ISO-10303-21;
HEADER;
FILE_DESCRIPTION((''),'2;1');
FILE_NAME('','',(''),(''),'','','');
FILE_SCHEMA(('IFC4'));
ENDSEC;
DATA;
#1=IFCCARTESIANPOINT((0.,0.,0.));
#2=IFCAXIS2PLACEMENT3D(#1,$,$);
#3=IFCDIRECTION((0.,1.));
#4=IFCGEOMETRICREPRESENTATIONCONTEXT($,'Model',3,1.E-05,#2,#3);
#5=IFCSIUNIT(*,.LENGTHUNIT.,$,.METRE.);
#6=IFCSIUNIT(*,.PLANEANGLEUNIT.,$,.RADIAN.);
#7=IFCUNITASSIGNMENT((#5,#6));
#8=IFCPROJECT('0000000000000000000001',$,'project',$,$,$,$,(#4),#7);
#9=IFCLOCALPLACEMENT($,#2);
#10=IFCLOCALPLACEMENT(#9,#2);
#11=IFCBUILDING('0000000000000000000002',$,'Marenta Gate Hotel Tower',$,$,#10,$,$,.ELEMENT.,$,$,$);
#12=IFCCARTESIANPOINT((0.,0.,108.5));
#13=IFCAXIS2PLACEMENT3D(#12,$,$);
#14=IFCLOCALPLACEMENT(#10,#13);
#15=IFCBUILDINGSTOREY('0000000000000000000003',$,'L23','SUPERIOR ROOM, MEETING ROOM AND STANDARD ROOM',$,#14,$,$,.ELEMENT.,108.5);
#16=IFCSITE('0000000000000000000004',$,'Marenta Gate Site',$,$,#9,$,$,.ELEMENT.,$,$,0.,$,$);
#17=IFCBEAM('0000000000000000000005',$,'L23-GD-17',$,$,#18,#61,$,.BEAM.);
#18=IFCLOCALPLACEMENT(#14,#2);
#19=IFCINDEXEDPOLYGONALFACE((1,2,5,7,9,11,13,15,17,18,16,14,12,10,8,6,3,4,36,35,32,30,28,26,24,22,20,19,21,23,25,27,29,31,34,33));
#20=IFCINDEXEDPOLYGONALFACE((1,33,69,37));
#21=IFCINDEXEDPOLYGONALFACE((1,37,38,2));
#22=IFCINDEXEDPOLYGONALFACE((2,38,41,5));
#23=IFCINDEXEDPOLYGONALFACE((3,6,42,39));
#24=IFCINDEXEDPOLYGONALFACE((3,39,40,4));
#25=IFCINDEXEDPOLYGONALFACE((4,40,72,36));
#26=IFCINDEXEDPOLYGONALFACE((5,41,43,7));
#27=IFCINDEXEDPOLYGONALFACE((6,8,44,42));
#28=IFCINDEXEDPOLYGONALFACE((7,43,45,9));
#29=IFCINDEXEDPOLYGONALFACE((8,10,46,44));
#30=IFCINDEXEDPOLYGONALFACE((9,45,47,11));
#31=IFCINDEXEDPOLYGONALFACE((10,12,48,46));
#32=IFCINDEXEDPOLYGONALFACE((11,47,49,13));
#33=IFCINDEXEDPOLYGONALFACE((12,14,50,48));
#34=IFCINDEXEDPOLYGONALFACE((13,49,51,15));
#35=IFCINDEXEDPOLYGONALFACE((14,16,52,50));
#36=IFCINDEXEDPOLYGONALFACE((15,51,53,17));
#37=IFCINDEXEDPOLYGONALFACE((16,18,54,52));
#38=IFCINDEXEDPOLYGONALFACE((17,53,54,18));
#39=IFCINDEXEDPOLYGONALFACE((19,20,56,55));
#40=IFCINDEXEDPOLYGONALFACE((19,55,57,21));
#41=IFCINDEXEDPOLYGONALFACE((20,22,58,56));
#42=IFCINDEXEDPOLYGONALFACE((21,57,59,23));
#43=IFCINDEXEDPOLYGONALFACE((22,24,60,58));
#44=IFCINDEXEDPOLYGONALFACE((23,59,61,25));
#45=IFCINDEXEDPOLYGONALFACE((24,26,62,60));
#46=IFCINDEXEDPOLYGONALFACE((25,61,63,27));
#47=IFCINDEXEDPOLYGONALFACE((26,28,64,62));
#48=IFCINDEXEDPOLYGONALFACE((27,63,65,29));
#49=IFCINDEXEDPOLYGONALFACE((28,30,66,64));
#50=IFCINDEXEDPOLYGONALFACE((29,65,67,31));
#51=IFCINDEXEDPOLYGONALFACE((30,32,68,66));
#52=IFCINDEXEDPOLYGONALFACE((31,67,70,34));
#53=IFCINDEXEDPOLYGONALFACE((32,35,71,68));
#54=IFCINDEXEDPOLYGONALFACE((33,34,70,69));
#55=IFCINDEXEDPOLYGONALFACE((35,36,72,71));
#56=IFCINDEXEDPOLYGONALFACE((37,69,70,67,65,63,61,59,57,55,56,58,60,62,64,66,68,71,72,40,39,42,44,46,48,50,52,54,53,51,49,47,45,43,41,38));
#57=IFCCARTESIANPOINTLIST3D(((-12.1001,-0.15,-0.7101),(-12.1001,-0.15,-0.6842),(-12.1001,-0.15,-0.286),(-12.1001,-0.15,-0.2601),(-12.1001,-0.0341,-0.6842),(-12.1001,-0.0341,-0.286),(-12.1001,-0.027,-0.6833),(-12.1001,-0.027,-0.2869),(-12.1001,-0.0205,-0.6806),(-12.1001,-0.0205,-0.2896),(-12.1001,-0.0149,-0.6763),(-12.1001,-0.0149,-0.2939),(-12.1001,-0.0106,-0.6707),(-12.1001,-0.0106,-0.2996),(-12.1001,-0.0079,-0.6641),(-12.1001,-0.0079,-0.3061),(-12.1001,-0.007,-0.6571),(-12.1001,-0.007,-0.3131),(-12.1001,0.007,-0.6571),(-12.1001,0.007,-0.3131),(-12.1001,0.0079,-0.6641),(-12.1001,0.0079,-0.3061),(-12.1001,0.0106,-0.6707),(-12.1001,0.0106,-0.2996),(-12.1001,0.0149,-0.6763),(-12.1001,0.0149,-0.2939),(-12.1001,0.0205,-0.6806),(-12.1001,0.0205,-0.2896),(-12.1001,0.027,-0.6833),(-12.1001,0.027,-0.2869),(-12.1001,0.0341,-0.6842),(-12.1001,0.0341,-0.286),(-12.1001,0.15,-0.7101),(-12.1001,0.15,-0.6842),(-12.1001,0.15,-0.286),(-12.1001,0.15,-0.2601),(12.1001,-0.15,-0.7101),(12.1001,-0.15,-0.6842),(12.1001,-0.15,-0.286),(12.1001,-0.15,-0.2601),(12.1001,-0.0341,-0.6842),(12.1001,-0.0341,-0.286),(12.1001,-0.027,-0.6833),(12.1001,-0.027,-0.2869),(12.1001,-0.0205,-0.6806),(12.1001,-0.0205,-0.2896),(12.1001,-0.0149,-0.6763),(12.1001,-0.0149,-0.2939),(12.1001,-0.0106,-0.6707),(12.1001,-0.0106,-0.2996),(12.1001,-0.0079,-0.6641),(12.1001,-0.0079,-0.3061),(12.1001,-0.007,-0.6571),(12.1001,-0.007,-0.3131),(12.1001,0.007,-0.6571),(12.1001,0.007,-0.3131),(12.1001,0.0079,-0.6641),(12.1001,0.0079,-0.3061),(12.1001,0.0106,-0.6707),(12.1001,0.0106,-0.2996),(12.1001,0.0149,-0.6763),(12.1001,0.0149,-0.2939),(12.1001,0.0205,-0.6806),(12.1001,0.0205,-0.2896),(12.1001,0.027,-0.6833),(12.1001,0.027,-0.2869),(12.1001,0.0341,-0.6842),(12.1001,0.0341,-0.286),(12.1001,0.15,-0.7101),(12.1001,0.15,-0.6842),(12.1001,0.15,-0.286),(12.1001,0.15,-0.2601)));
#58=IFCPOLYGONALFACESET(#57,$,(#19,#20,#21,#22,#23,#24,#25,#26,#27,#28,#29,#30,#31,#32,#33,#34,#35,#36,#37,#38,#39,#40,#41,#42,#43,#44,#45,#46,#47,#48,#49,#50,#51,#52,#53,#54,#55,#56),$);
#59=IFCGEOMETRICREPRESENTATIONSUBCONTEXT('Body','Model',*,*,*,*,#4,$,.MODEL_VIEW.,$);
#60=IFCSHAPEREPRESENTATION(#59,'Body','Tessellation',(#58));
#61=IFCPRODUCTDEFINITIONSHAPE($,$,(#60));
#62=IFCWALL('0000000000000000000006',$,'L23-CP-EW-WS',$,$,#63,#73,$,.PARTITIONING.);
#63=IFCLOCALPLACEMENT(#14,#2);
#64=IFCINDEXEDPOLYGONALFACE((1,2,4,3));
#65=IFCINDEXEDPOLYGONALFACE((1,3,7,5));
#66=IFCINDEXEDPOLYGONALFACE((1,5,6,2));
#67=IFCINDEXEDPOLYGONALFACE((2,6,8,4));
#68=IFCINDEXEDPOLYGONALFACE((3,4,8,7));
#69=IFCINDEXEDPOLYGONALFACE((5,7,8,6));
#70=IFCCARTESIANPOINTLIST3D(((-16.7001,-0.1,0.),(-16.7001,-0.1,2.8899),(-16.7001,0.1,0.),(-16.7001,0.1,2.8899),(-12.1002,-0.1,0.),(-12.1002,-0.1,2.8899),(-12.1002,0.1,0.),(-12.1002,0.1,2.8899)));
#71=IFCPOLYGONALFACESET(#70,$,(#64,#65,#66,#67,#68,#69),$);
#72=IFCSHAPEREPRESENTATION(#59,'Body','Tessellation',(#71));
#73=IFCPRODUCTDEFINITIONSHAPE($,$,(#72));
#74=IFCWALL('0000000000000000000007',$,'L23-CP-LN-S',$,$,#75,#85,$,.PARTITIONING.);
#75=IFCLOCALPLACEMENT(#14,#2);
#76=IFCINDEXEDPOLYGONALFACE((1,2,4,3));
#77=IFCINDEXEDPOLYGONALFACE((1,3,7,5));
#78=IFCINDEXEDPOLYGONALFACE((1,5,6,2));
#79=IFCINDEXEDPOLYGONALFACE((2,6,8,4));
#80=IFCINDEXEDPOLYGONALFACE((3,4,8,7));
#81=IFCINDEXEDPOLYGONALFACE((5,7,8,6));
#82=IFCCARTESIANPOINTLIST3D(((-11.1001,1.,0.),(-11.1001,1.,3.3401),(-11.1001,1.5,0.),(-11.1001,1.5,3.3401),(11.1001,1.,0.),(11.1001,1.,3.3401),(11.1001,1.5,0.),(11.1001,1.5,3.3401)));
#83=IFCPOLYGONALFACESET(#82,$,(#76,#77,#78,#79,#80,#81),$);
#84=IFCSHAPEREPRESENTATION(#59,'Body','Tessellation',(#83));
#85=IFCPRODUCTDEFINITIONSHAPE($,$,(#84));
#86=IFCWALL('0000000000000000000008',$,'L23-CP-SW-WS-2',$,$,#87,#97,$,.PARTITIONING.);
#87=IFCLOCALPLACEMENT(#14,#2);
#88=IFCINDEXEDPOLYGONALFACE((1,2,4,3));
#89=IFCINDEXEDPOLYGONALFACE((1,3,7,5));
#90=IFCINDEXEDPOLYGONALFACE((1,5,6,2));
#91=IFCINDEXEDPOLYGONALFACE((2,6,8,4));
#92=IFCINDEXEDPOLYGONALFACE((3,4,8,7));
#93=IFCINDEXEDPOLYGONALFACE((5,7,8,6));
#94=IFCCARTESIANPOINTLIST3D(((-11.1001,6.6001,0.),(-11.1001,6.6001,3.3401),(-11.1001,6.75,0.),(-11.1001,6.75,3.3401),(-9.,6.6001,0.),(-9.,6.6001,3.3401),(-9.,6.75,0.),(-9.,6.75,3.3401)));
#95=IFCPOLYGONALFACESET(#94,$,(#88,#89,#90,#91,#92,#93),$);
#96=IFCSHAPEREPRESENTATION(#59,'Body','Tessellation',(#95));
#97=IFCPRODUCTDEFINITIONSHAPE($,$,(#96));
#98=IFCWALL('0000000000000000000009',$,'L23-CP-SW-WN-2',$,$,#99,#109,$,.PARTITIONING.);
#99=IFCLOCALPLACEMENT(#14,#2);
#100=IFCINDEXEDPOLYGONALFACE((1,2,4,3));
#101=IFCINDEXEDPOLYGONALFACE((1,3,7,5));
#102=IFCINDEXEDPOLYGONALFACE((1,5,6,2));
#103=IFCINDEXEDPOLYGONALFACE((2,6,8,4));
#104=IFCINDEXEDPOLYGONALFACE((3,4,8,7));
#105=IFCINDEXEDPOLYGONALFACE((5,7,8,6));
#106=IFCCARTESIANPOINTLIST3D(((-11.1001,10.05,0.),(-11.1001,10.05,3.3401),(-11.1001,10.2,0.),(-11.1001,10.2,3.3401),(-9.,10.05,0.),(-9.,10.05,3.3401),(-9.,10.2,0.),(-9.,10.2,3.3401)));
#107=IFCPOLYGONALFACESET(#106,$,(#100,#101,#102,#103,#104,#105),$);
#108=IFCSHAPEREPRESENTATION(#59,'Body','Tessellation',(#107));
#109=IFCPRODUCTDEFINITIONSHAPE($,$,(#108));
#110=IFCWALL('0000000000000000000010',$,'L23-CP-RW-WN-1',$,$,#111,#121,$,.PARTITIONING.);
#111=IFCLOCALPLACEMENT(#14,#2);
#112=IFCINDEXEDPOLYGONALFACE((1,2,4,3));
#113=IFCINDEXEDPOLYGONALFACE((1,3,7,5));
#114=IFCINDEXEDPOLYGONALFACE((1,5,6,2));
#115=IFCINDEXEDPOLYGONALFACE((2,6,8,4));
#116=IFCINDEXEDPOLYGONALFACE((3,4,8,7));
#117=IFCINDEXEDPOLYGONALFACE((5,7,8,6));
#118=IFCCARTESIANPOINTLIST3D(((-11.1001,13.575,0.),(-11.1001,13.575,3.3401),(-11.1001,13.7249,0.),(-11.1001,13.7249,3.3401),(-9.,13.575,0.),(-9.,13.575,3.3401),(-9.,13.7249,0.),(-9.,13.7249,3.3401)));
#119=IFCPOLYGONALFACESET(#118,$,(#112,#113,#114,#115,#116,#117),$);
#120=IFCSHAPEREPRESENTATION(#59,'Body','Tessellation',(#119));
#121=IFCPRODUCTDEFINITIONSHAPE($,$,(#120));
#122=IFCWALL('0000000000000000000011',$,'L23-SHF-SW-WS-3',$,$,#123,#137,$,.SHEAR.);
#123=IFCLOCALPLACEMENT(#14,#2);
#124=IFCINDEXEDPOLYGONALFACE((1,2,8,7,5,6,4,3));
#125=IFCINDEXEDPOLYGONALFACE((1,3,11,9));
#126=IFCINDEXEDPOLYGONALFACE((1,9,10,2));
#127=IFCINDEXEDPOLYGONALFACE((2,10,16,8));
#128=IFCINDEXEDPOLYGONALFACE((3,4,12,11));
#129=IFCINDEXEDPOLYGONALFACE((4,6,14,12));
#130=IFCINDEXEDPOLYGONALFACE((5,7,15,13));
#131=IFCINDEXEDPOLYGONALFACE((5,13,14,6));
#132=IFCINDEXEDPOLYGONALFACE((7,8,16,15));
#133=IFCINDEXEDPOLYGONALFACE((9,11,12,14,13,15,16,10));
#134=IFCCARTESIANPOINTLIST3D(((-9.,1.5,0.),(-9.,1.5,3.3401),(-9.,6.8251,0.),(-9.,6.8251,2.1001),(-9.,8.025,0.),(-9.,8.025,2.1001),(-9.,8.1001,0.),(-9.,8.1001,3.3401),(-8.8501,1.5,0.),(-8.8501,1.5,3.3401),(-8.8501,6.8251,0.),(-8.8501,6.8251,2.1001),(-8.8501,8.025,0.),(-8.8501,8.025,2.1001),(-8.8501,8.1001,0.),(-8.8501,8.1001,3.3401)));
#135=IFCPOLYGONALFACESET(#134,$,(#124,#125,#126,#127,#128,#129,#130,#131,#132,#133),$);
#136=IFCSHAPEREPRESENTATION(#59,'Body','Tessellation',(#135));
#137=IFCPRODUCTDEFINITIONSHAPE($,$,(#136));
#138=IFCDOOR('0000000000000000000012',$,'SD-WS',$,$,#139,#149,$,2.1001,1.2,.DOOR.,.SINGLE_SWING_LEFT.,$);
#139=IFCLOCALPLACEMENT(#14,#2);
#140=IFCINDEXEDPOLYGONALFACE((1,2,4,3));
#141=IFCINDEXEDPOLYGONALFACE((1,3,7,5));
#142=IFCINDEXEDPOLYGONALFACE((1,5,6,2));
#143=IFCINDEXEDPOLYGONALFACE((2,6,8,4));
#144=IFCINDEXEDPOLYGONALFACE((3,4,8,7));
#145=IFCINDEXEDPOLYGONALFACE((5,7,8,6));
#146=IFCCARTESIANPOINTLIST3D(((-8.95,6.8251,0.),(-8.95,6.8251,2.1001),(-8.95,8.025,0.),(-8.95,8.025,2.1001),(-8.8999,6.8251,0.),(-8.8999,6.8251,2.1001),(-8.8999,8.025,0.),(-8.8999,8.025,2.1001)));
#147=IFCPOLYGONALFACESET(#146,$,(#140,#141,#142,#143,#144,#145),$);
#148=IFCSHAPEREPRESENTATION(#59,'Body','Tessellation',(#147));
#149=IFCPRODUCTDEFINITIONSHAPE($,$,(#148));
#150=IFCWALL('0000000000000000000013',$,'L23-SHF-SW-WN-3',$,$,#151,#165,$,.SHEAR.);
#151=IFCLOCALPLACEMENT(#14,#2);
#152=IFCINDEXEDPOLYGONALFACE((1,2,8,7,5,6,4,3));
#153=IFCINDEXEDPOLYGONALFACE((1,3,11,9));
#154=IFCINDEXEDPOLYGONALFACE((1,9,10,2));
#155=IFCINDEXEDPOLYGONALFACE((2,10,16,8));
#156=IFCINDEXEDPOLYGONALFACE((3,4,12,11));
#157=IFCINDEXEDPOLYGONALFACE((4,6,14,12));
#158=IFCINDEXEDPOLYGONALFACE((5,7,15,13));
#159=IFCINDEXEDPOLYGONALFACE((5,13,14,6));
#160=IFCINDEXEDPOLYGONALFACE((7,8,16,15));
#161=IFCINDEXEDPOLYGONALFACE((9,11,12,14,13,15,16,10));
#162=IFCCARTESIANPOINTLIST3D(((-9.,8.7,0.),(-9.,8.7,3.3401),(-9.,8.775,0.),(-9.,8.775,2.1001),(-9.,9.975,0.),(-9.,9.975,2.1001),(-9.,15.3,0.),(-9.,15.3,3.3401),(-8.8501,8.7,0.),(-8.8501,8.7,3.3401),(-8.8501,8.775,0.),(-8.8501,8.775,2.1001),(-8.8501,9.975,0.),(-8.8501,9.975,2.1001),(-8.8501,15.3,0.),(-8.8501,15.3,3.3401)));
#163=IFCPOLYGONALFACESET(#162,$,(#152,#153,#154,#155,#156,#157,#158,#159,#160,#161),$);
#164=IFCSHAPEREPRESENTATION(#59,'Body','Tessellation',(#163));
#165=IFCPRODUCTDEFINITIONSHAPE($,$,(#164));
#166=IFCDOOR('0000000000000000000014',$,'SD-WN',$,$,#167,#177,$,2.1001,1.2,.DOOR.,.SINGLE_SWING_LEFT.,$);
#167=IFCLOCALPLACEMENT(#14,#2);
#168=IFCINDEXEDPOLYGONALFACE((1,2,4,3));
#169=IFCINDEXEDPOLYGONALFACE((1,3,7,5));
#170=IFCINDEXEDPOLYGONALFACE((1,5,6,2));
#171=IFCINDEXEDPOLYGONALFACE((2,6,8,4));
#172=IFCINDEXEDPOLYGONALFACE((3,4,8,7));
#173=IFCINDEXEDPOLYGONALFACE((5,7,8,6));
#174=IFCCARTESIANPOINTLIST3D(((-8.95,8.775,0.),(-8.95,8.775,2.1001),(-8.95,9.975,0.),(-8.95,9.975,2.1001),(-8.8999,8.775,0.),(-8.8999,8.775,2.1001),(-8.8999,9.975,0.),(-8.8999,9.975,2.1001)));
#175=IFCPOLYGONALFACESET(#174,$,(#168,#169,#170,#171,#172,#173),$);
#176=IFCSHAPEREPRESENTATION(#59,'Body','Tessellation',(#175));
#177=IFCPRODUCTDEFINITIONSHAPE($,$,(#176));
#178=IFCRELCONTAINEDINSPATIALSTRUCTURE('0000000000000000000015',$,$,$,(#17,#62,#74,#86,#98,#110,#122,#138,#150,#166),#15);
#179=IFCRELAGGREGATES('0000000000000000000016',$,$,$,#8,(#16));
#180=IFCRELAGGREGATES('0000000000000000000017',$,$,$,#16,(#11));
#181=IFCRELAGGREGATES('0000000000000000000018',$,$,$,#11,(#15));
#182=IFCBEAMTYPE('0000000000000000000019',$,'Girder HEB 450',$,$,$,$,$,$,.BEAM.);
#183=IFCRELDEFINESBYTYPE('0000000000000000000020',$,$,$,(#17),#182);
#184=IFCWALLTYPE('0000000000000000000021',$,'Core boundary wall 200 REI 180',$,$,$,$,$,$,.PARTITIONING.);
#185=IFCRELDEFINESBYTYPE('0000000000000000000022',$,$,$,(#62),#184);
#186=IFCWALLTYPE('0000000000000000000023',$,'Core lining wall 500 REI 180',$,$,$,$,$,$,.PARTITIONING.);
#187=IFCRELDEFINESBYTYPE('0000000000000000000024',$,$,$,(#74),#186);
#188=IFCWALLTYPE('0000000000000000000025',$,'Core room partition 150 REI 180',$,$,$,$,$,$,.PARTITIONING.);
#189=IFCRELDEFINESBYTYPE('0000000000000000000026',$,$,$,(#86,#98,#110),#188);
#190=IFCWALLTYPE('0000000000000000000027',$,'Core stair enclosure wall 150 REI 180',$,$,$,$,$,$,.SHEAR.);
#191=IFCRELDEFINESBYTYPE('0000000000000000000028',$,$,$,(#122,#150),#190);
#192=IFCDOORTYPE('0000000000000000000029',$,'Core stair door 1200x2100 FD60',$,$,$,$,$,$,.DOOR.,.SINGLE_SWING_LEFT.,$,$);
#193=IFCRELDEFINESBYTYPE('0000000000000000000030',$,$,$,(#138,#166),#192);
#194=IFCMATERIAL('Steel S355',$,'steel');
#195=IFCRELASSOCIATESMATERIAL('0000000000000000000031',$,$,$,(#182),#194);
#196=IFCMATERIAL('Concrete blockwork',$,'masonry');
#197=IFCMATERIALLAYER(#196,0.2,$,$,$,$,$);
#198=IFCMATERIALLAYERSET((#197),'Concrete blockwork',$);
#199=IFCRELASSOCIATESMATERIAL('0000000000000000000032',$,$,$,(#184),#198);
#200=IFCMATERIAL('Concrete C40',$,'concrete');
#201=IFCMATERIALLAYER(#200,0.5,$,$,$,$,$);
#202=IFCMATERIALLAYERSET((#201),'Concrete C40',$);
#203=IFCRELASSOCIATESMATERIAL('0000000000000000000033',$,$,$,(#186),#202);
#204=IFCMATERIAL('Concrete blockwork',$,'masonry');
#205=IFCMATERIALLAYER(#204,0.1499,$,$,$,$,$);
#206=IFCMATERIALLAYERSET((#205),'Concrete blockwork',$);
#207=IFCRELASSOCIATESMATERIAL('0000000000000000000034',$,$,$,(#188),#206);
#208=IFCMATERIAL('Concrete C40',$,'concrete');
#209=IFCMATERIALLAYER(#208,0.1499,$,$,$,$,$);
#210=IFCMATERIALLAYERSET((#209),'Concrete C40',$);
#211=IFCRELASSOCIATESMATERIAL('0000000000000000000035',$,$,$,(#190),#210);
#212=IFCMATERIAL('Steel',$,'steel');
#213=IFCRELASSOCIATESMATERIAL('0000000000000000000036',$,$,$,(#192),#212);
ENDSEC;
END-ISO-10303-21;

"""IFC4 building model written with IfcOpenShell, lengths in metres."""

from ifc_helpers import new_model, si_unit, direction, frame, frame_2d, origin, origin_2d, place, context, subcontext, project, spatial, rectangle, i_section, extrude, material, layer, layer_set, material_profile, profile_set, type_object, element, fill, save


model = new_model("IFC4")

# Units and contexts
model_context = context("Model", 3, precision=1e-05, world=origin(), true_north=direction((0.0, 1.0)))
body_context = subcontext(model_context, "Body", "Model", "MODEL_VIEW")
ifc_project = project(units=[si_unit("LENGTHUNIT", "METRE"), si_unit("PLANEANGLEUNIT", "RADIAN")], contexts=[model_context])

# Site, building, storey
site_placement = place(None, origin())
site = spatial("IfcSite", under=ifc_project, at=site_placement, Name="Marenta Gate Site", CompositionType="ELEMENT", RefElevation=0.0)
building_placement = place(site_placement, origin())
building = spatial("IfcBuilding", under=site, at=building_placement, Name="Marenta Gate Hotel Tower", CompositionType="ELEMENT")
storey_placement = place(building_placement, frame((0.0, 0.0, 108.5)))
storey = spatial("IfcBuildingStorey", under=building, at=storey_placement, Name="L23", Description="SUPERIOR ROOM, MEETING ROOM AND STANDARD ROOM", CompositionType="ELEMENT", Elevation=108.5)

# Beam
ifc_material_1 = material(Name="Steel S355", Category="steel")
ifc_material_profile = material_profile(ifc_material_1, i_section(OverallWidth=0.3, OverallDepth=0.45, WebThickness=0.0139, FlangeThickness=0.0259, FilletRadius=0.0271, at=origin_2d()), Name="HEB 450")
ifc_profile_set = profile_set([ifc_material_profile], Name="Steel S355")
beam_type = type_object("IfcBeamType", Name="Girder HEB 450", PredefinedType="BEAM", material=ifc_profile_set)
beam_placement = place(storey_placement, frame((-12.1001, 0.0, -0.4851), z_axis=(1.0, 0.0, 0.0), x_axis=(0.0, 1.0, 0.0)))
element("IfcBeam", 1, at=beam_placement, inside=storey, type_object=beam_type, Name="L23-GD-17", PredefinedType="BEAM", context=body_context, shape_type="SweptSolid", body=[
    extrude(i_section(OverallWidth=0.3, OverallDepth=0.45, WebThickness=0.0139, FlangeThickness=0.0259, FilletRadius=0.0271, at=origin_2d()), origin(), (0.0, 0.0, 1.0), 24.2002),
])

# Shared definitions
ifc_material_2 = material(Name="Concrete blockwork", Category="masonry")
ifc_layer_1 = layer(ifc_material_2, 0.2)
ifc_layer_set_1 = layer_set([ifc_layer_1], Name="Concrete blockwork")
wall_type_1 = type_object("IfcWallType", Name="Core boundary wall 200 REI 180", PredefinedType="PARTITIONING", material=ifc_layer_set_1)

# Walls
wall_1_placement = place(storey_placement, frame((-16.7, 0.0, 0.0), z_axis=(0.0, 0.0, 1.0), x_axis=(1.0, 0.0, 0.0)))
element("IfcWall", 2, at=wall_1_placement, inside=storey, type_object=wall_type_1, Name="L23-CP-EW-WS", PredefinedType="PARTITIONING", context=body_context, shape_type="SweptSolid", body=[
    extrude(rectangle(XDim=4.5999, YDim=0.2, at=frame_2d((2.2998, 0.0))), origin(), (0.0, 0.0, 1.0), 2.8899),
])
ifc_material_3 = material(Name="Concrete C40", Category="concrete")
ifc_layer_2 = layer(ifc_material_3, 0.5)
ifc_layer_set_2 = layer_set([ifc_layer_2], Name="Concrete C40")
wall_type_2 = type_object("IfcWallType", Name="Core lining wall 500 REI 180", PredefinedType="PARTITIONING", material=ifc_layer_set_2)
wall_2_placement = place(storey_placement, frame((-11.1001, 1.25, 0.0), z_axis=(0.0, 0.0, 1.0), x_axis=(1.0, 0.0, 0.0)))
element("IfcWall", 3, at=wall_2_placement, inside=storey, type_object=wall_type_2, Name="L23-CP-LN-S", PredefinedType="PARTITIONING", context=body_context, shape_type="SweptSolid", body=[
    extrude(rectangle(XDim=22.2002, YDim=0.5, at=frame_2d((11.1001, 0.0))), origin(), (0.0, 0.0, 1.0), 3.3401),
])
ifc_material_4 = material(Name="Concrete blockwork", Category="masonry")
ifc_layer_3 = layer(ifc_material_4, 0.1499)
ifc_layer_set_3 = layer_set([ifc_layer_3], Name="Concrete blockwork")
wall_type_3 = type_object("IfcWallType", Name="Core room partition 150 REI 180", PredefinedType="PARTITIONING", material=ifc_layer_set_3)
for number, where, z_axis, x_axis, name in (
    (4, (-11.1001, 6.675, 0.0), (0.0, 0.0, 1.0), (1.0, 0.0, 0.0), "L23-CP-SW-WS-2"),
    (5, (-11.1001, 10.125, 0.0), (0.0, 0.0, 1.0), (1.0, 0.0, 0.0), "L23-CP-SW-WN-2"),
    (6, (-11.1001, 13.6499, 0.0), (0.0, 0.0, 1.0), (1.0, 0.0, 0.0), "L23-CP-RW-WN-1"),
):
    element("IfcWall", number, at=place(storey_placement, frame(where, z_axis=z_axis, x_axis=x_axis)), inside=storey, type_object=wall_type_3, Name=name, PredefinedType="PARTITIONING", context=body_context, shape_type="SweptSolid", body=[
        extrude(rectangle(XDim=2.1001, YDim=0.1499, at=frame_2d((1.05, 0.0))), origin(), (0.0, 0.0, 1.0), 3.3401),
    ])

# Walls, openings, doors
ifc_material_5 = material(Name="Concrete C40", Category="concrete")
ifc_layer_4 = layer(ifc_material_5, 0.1499)
ifc_layer_set_4 = layer_set([ifc_layer_4], Name="Concrete C40")
wall_type_4 = type_object("IfcWallType", Name="Core stair enclosure wall 150 REI 180", PredefinedType="SHEAR", material=ifc_layer_set_4)
wall_3_placement = place(storey_placement, frame((-8.925, 1.5, 0.0), z_axis=(0.0, 0.0, 1.0), x_axis=(0.0, 1.0, 0.0)))
wall_3 = element("IfcWall", 7, at=wall_3_placement, inside=storey, type_object=wall_type_4, Name="L23-SHF-SW-WS-3", PredefinedType="SHEAR", context=body_context, shape_type="SweptSolid", body=[
    extrude(rectangle(XDim=6.6001, YDim=0.1499, at=frame_2d((3.3, 0.0))), origin(), (0.0, 0.0, 1.0), 3.3401),
])
opening_1_placement = place(wall_3_placement, frame((5.325, 0.0, 0.0)))
opening_1 = element("IfcOpeningElement", 8, at=opening_1_placement, cuts=wall_3, PredefinedType="OPENING", context=body_context, shape_type="SweptSolid", body=[
    extrude(rectangle(XDim=1.2, YDim=2.1001, at=frame_2d((0.6001, 1.05))), frame((0.0, 0.075, 0.0), z_axis=(0.0, -1.0, 0.0), x_axis=(1.0, 0.0, 0.0)), (0.0, 0.0, 1.0), 0.1499),
])
ifc_material_6 = material(Name="Steel", Category="steel")
door_type_1 = type_object("IfcDoorType", Name="Core stair door 1200x2100 FD60", OperationType="SINGLE_SWING_LEFT", PredefinedType="DOOR", material=ifc_material_6)
door_1_placement = place(opening_1_placement, origin())
door_1 = element("IfcDoor", 9, at=door_1_placement, inside=storey, type_object=door_type_1, Name="SD-WS", OperationType="SINGLE_SWING_LEFT", OverallHeight=2.1001, OverallWidth=1.2, PredefinedType="DOOR", context=body_context, shape_type="SweptSolid", body=[
    extrude(rectangle(XDim=1.2, YDim=2.1001, at=frame_2d((0.6001, 1.05))), frame((0.0, 0.0249, 0.0), z_axis=(0.0, -1.0, 0.0), x_axis=(1.0, 0.0, 0.0)), (0.0, 0.0, 1.0), 0.05),
])
fill(opening_1, door_1)
wall_4_placement = place(storey_placement, frame((-8.925, 8.7, 0.0), z_axis=(0.0, 0.0, 1.0), x_axis=(0.0, 1.0, 0.0)))
wall_4 = element("IfcWall", 10, at=wall_4_placement, inside=storey, type_object=wall_type_4, Name="L23-SHF-SW-WN-3", PredefinedType="SHEAR", context=body_context, shape_type="SweptSolid", body=[
    extrude(rectangle(XDim=6.6001, YDim=0.1499, at=frame_2d((3.3, 0.0))), origin(), (0.0, 0.0, 1.0), 3.3401),
])
opening_2_placement = place(wall_4_placement, frame((0.075, 0.0, 0.0)))
opening_2 = element("IfcOpeningElement", 11, at=opening_2_placement, cuts=wall_4, PredefinedType="OPENING", context=body_context, shape_type="SweptSolid", body=[
    extrude(rectangle(XDim=1.2, YDim=2.1001, at=frame_2d((0.6001, 1.05))), frame((0.0, 0.075, 0.0), z_axis=(0.0, -1.0, 0.0), x_axis=(1.0, 0.0, 0.0)), (0.0, 0.0, 1.0), 0.1499),
])
door_2_placement = place(opening_2_placement, origin())
door_2 = element("IfcDoor", 12, at=door_2_placement, inside=storey, type_object=door_type_1, Name="SD-WN", OperationType="SINGLE_SWING_LEFT", OverallHeight=2.1001, OverallWidth=1.2, PredefinedType="DOOR", context=body_context, shape_type="SweptSolid", body=[
    extrude(rectangle(XDim=1.2, YDim=2.1001, at=frame_2d((0.6001, 1.05))), frame((0.0, 0.0249, 0.0), z_axis=(0.0, -1.0, 0.0), x_axis=(1.0, 0.0, 0.0)), (0.0, 0.0, 1.0), 0.05),
])
fill(opening_2, door_2)

save(model, "model.ifc")
